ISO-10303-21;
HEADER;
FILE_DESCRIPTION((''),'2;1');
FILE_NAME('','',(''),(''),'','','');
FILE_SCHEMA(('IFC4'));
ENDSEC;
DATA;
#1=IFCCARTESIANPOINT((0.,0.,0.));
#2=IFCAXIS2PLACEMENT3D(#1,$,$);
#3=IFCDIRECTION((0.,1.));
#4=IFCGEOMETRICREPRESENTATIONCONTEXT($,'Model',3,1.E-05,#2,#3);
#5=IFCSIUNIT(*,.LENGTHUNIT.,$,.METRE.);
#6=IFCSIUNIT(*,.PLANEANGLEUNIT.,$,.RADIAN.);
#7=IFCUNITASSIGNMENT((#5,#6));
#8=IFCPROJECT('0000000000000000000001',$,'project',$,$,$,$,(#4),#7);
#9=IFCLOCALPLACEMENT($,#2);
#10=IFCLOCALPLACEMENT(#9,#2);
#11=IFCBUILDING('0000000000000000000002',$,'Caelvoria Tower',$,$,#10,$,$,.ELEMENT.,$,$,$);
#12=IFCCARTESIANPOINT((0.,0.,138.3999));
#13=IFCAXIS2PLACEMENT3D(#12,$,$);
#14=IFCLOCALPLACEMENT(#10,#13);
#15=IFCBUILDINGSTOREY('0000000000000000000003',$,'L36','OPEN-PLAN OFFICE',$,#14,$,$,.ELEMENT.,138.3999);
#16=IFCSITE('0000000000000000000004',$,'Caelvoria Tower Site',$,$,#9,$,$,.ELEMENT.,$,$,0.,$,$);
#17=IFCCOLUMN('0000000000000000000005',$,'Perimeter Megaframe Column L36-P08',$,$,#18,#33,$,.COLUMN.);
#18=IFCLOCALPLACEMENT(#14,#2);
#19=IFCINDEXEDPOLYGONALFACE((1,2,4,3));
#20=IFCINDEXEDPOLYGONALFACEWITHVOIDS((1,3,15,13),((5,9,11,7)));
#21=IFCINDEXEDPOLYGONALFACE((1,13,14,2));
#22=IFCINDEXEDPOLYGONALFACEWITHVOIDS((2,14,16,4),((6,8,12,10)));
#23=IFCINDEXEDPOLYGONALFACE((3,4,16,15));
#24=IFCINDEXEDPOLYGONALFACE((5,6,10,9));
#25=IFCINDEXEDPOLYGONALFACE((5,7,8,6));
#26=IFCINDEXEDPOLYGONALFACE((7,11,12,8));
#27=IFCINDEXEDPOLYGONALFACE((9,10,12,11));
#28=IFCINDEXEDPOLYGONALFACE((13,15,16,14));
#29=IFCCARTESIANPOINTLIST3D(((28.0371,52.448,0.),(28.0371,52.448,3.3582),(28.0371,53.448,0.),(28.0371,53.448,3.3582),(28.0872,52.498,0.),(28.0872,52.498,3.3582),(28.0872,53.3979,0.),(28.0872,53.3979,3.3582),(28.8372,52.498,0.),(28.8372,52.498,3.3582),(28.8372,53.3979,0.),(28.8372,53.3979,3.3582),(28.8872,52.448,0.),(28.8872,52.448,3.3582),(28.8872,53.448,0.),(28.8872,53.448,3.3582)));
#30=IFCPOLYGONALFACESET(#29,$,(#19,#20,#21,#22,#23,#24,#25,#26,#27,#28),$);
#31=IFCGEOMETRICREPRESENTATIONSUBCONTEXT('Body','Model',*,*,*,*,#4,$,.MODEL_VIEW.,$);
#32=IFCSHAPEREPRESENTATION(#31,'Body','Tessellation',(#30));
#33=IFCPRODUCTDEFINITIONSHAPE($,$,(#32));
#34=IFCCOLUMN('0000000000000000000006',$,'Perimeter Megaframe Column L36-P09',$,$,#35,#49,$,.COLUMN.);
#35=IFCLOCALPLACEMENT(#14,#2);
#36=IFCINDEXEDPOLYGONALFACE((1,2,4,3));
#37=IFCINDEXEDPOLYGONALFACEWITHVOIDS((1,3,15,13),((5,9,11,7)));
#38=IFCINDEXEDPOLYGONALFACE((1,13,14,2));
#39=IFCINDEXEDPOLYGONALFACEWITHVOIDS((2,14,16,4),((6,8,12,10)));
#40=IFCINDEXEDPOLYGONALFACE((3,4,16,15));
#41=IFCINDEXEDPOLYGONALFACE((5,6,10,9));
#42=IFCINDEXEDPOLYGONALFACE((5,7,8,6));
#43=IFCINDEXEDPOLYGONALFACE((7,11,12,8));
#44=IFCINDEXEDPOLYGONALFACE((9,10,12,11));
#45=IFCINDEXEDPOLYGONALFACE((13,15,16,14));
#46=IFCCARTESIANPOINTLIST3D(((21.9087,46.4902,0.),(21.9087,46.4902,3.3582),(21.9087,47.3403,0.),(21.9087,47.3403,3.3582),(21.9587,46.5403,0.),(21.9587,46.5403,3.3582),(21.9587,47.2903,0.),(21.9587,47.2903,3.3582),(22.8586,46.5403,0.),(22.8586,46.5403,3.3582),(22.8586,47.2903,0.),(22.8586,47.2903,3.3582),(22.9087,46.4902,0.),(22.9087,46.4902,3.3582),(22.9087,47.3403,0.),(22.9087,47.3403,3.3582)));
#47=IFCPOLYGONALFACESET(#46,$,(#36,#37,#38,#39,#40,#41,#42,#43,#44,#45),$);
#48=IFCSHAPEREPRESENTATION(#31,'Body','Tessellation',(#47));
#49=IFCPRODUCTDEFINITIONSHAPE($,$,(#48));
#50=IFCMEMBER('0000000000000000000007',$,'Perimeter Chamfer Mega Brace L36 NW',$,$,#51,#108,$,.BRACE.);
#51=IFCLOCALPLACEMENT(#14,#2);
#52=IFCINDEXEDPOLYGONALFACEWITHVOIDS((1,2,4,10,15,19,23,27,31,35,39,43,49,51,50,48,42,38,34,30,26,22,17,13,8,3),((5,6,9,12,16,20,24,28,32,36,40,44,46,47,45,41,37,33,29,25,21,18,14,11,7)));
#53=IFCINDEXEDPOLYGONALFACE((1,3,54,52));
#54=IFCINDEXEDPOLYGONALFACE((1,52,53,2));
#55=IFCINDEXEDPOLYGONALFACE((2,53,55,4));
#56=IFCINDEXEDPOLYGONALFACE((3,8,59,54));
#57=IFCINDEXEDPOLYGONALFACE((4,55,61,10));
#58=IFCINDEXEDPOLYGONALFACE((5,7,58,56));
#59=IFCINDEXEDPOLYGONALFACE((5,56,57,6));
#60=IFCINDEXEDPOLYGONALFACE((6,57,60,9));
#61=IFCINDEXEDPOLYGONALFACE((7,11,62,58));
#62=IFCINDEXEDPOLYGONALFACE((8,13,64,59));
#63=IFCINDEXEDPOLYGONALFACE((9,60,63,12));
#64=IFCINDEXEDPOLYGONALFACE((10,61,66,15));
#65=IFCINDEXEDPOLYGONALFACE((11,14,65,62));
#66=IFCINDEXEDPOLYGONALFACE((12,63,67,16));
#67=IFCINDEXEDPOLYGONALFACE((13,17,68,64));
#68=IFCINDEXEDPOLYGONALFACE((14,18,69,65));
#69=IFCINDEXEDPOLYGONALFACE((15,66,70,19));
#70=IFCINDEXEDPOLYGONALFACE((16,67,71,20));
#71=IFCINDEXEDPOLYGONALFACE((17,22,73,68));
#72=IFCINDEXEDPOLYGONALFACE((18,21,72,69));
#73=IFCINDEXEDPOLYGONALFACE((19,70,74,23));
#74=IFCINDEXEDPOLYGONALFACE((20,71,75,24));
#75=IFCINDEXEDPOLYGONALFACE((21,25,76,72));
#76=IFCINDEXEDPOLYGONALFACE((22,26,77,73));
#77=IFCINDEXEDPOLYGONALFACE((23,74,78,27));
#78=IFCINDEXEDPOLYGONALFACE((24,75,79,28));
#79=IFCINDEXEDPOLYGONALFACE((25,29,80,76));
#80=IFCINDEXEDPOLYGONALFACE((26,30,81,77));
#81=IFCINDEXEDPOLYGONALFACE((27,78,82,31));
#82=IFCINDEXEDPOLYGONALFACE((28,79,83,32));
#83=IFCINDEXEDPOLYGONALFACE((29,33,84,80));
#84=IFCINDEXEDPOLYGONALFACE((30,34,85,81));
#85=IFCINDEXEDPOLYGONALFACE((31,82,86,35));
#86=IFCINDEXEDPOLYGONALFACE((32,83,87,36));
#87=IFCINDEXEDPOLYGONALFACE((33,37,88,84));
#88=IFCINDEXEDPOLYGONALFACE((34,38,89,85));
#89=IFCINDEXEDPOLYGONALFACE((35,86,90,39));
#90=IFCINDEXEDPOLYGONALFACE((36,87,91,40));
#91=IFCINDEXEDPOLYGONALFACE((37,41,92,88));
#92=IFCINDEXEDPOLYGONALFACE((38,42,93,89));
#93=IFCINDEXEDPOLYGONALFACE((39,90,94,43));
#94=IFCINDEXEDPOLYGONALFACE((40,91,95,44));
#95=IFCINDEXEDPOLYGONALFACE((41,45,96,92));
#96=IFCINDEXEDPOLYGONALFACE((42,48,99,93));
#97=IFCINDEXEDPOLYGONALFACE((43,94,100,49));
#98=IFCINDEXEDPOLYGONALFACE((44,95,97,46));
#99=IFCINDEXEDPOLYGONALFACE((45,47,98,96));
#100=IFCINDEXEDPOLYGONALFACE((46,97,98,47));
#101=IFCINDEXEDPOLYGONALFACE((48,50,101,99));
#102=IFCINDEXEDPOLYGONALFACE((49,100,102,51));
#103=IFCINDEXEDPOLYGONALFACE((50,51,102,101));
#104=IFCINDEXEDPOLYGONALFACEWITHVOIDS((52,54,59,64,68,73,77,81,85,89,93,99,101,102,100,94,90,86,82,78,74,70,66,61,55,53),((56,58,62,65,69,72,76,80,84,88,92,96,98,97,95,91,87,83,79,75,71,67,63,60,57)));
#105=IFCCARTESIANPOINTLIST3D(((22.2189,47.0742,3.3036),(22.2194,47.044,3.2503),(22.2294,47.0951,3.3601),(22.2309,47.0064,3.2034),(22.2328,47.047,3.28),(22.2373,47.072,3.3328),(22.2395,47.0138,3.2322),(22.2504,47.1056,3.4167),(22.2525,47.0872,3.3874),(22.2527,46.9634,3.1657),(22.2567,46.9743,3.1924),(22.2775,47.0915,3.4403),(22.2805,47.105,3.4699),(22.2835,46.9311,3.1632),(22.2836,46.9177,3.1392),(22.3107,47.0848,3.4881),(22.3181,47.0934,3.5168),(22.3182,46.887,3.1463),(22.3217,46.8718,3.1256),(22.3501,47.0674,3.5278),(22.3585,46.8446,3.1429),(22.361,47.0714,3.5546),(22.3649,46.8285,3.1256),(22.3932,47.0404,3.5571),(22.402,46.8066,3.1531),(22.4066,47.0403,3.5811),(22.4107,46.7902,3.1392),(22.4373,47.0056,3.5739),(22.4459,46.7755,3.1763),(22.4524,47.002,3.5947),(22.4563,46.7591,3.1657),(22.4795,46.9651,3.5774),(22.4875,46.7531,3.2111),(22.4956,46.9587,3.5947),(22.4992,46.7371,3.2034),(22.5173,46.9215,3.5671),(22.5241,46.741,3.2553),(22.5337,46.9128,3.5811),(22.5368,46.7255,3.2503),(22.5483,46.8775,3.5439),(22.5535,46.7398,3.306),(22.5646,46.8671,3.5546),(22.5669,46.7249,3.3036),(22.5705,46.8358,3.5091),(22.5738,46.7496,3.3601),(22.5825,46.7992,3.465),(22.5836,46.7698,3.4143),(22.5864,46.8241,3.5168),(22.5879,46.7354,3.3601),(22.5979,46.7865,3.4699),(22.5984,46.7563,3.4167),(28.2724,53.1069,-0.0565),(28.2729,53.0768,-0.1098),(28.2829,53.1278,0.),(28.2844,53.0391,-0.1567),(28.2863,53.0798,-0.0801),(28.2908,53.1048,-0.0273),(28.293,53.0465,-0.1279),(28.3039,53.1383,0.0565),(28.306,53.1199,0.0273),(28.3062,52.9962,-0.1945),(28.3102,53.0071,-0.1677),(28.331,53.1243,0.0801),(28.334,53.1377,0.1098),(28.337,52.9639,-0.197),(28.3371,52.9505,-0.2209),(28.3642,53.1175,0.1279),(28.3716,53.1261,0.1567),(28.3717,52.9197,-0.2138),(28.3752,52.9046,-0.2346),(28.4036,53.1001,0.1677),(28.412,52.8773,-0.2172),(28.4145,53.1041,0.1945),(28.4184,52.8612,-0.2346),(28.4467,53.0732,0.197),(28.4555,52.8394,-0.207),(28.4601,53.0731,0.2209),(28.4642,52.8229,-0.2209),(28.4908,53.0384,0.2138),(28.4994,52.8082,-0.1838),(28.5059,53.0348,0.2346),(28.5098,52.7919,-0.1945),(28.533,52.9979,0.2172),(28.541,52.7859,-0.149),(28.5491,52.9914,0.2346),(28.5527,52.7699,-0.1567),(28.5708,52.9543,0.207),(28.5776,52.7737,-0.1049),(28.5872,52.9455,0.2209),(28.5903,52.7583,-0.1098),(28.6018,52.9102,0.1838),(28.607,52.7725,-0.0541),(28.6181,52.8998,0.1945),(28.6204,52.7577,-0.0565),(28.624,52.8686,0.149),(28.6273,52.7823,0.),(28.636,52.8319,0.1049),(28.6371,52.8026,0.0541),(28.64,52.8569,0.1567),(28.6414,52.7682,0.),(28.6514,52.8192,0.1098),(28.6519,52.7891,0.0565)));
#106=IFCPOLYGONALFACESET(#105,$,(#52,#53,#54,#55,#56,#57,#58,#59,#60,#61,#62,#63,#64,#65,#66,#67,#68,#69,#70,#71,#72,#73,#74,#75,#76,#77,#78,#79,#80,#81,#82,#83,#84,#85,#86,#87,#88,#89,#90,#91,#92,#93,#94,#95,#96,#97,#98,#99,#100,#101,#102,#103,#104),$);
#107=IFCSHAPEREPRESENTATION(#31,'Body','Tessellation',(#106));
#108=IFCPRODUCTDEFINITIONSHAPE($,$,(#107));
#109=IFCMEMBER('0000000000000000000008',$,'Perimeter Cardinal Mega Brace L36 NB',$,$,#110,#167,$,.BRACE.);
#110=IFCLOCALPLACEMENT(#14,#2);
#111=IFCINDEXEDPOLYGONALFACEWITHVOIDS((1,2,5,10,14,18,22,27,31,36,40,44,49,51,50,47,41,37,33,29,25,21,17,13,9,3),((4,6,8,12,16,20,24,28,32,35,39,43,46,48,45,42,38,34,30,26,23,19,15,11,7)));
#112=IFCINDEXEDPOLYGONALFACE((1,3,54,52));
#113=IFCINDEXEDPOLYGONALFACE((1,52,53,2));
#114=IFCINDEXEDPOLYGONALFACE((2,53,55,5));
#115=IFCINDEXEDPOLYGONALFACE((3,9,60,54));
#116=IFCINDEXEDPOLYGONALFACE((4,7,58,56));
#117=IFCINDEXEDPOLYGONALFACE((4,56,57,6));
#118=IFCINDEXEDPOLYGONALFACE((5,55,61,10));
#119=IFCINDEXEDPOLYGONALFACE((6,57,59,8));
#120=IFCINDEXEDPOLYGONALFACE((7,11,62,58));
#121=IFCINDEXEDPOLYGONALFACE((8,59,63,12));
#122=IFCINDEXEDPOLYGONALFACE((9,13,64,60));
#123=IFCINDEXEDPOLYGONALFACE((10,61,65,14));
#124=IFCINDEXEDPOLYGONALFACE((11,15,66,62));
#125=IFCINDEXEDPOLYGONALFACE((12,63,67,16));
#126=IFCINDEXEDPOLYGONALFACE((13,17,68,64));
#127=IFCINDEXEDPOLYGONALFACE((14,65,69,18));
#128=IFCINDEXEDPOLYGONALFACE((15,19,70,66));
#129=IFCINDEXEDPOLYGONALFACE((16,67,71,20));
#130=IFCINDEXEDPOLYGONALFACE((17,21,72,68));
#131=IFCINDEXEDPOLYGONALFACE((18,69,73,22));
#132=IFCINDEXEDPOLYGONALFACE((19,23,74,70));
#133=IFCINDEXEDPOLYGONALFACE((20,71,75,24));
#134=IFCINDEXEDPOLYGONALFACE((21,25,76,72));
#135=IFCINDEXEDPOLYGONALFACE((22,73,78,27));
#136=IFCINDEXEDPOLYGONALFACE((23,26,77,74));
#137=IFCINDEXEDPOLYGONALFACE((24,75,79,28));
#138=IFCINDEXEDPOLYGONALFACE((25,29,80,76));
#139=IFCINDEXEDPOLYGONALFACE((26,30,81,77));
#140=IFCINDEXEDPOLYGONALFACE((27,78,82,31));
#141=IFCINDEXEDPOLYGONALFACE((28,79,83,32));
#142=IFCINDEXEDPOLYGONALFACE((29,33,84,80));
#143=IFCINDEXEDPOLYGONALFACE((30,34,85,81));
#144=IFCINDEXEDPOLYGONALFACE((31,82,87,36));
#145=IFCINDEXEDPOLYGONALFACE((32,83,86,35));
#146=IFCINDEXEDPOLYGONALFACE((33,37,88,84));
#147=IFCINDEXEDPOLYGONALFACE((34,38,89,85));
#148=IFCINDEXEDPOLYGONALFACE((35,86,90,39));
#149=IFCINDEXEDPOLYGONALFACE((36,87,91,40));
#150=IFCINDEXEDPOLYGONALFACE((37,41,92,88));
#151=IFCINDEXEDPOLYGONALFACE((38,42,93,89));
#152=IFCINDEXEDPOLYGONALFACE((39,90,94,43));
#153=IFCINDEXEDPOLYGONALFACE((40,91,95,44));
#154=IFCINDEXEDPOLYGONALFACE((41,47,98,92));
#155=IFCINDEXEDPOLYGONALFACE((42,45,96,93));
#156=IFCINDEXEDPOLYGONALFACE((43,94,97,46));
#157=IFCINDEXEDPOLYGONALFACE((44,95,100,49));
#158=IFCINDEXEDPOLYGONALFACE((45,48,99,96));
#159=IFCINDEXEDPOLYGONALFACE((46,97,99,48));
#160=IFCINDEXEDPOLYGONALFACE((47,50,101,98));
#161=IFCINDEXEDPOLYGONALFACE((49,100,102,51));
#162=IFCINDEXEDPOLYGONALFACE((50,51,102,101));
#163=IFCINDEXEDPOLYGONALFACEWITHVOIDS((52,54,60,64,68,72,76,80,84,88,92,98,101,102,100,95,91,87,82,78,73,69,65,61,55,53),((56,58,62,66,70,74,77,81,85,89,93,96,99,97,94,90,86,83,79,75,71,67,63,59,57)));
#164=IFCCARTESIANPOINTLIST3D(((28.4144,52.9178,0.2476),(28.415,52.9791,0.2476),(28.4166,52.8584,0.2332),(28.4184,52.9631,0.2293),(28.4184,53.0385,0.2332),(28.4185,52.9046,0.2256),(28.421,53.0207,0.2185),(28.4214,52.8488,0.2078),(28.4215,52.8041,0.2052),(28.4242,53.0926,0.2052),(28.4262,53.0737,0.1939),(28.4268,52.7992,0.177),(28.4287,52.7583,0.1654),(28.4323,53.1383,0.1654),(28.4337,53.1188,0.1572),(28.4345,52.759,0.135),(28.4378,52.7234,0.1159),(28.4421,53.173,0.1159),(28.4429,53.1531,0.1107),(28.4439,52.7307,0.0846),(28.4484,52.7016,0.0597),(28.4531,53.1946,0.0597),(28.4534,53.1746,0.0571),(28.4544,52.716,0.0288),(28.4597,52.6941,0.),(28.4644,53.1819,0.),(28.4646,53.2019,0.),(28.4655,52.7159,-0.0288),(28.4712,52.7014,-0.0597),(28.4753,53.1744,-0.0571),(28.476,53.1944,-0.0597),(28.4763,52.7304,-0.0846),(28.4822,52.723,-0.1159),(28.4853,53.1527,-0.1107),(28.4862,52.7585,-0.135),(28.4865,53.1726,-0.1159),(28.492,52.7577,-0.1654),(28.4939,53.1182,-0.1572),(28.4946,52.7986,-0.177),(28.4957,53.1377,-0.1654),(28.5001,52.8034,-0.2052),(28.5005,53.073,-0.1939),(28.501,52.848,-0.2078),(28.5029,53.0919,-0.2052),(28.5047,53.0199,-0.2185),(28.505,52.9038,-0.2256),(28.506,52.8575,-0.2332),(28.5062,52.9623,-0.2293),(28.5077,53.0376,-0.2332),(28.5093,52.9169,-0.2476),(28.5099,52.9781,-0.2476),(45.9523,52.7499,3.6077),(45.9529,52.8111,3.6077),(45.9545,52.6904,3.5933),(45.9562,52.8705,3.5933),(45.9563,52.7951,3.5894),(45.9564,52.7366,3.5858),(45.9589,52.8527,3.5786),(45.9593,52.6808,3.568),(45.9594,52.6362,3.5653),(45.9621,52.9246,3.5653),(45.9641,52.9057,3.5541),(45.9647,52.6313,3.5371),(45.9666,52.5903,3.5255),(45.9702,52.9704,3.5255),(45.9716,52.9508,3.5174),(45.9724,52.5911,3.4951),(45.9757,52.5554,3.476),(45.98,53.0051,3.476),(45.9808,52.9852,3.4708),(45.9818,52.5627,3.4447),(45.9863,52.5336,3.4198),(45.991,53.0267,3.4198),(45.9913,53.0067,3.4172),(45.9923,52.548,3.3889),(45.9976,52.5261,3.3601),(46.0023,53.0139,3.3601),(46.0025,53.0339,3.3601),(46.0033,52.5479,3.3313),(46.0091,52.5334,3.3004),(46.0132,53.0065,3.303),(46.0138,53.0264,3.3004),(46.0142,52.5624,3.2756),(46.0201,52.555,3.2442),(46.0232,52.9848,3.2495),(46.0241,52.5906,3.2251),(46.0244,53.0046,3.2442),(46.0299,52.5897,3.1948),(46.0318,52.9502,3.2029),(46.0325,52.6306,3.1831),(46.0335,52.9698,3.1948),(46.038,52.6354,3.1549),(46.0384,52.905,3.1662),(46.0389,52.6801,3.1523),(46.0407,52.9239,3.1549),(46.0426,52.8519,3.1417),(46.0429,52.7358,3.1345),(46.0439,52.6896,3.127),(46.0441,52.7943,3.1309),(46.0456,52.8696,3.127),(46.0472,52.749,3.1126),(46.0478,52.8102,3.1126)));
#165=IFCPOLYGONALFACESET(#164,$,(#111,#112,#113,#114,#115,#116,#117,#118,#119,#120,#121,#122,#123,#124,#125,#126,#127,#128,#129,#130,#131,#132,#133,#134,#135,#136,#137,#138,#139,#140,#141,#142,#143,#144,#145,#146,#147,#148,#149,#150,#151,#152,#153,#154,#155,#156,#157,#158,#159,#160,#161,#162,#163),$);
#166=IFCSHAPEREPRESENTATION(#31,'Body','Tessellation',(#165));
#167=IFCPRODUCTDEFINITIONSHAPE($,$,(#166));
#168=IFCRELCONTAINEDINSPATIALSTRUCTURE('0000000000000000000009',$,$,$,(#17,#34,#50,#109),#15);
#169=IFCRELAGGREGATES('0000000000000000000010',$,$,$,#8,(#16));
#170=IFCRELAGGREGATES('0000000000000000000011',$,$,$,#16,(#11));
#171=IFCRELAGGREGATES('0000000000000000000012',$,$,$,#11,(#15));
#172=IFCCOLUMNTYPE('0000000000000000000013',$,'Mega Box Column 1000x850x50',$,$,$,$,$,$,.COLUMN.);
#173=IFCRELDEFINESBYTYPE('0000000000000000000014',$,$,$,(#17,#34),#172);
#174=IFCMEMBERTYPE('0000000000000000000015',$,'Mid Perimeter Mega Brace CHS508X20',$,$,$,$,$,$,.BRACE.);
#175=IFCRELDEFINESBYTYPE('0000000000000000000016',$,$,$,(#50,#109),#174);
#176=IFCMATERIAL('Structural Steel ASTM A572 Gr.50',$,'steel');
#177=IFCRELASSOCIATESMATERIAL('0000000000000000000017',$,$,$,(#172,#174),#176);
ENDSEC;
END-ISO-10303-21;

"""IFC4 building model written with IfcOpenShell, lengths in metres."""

from ifc_helpers import new_model, si_unit, direction, frame, origin, origin_2d, place, context, subcontext, project, spatial, hollow_rectangle, hollow_circle, extrude, material, material_profile, profile_set, type_object, element, save


model = new_model("IFC4")

# Units and contexts
model_context = context("Model", 3, precision=1e-05, world=origin(), true_north=direction((0.0, 1.0)))
body_context = subcontext(model_context, "Body", "Model", "MODEL_VIEW")
ifc_project = project(units=[si_unit("LENGTHUNIT", "METRE"), si_unit("PLANEANGLEUNIT", "RADIAN")], contexts=[model_context])

# Site, building, storey
site_placement = place(None, origin())
site = spatial("IfcSite", under=ifc_project, at=site_placement, Name="Caelvoria Tower Site", CompositionType="ELEMENT", RefElevation=0.0)
building_placement = place(site_placement, origin())
building = spatial("IfcBuilding", under=site, at=building_placement, Name="Caelvoria Tower", CompositionType="ELEMENT")
storey_placement = place(building_placement, frame((0.0, 0.0, 138.3999)))
storey = spatial("IfcBuildingStorey", under=building, at=storey_placement, Name="L36", Description="OPEN-PLAN OFFICE", CompositionType="ELEMENT", Elevation=138.3999)

# Columns
ifc_material_1 = material(Name="Structural Steel ASTM A572 Gr.50", Category="steel")
ifc_material_profile_1 = material_profile(ifc_material_1, hollow_rectangle(XDim=0.8501, YDim=1.0, WallThickness=0.05, at=origin_2d()), Name="Structural Steel ASTM A572 Gr.50")
ifc_profile_set_1 = profile_set([ifc_material_profile_1], Name="BOX1000X850X50 - Structural Steel ASTM A572 Gr.50")
column_type = type_object("IfcColumnType", Name="Mega Box Column 1000x850x50", PredefinedType="COLUMN", material=ifc_profile_set_1)
for number, where, z_axis, x_axis, name in (
    (1, (28.4622, 52.948, 0.0), (0.0, 0.0, 1.0), (1.0, 0.0, 0.0), "Perimeter Megaframe Column L36-P08"),
    (2, (22.4087, 46.9153, 0.0), (0.0, 0.0, 1.0), (0.0, 1.0, 0.0), "Perimeter Megaframe Column L36-P09"),
):
    element("IfcColumn", number, at=place(storey_placement, frame(where, z_axis=z_axis, x_axis=x_axis)), inside=storey, type_object=column_type, Name=name, PredefinedType="COLUMN", context=body_context, shape_type="SweptSolid", body=[
        extrude(hollow_rectangle(XDim=0.8501, YDim=1.0, WallThickness=0.05, at=origin_2d()), origin(), (0.0, 0.0, 1.0), 3.3582),
    ])

# Members
ifc_material_profile_2 = material_profile(ifc_material_1, hollow_circle(Radius=0.2539, WallThickness=0.02, at=origin_2d()), Name="Structural Steel ASTM A572 Gr.50")
ifc_profile_set_2 = profile_set([ifc_material_profile_2], Name="CHS508X20 - Structural Steel ASTM A572 Gr.50")
member_type = type_object("IfcMemberType", Name="Mid Perimeter Mega Brace CHS508X20", PredefinedType="BRACE", material=ifc_profile_set_2)
member_1_placement = place(storey_placement, frame((28.4622, 52.948, 0.0), z_axis=(-0.6592, -0.65694, 0.365903), x_axis=(0.705892, -0.70832, 0.0)))
element("IfcMember", 3, at=member_1_placement, inside=storey, type_object=member_type, Name="Perimeter Chamfer Mega Brace L36 NW", PredefinedType="BRACE", context=body_context, shape_type="SweptSolid", body=[
    extrude(hollow_circle(Radius=0.2539, WallThickness=0.02, at=origin_2d()), origin(), (0.0, 0.0, 1.0), 9.1831),
])
member_2_placement = place(storey_placement, frame((28.4622, 52.948, 0.0), z_axis=(0.982093, -0.009406, 0.188161), x_axis=(0.009577, 0.999954, 0.0)))
element("IfcMember", 4, at=member_2_placement, inside=storey, type_object=member_type, Name="Perimeter Cardinal Mega Brace L36 NB", PredefinedType="BRACE", context=body_context, shape_type="SweptSolid", body=[
    extrude(hollow_circle(Radius=0.2539, WallThickness=0.02, at=origin_2d()), origin(), (0.0, 0.0, 1.0), 17.8577),
])

save(model, "model.ifc")
